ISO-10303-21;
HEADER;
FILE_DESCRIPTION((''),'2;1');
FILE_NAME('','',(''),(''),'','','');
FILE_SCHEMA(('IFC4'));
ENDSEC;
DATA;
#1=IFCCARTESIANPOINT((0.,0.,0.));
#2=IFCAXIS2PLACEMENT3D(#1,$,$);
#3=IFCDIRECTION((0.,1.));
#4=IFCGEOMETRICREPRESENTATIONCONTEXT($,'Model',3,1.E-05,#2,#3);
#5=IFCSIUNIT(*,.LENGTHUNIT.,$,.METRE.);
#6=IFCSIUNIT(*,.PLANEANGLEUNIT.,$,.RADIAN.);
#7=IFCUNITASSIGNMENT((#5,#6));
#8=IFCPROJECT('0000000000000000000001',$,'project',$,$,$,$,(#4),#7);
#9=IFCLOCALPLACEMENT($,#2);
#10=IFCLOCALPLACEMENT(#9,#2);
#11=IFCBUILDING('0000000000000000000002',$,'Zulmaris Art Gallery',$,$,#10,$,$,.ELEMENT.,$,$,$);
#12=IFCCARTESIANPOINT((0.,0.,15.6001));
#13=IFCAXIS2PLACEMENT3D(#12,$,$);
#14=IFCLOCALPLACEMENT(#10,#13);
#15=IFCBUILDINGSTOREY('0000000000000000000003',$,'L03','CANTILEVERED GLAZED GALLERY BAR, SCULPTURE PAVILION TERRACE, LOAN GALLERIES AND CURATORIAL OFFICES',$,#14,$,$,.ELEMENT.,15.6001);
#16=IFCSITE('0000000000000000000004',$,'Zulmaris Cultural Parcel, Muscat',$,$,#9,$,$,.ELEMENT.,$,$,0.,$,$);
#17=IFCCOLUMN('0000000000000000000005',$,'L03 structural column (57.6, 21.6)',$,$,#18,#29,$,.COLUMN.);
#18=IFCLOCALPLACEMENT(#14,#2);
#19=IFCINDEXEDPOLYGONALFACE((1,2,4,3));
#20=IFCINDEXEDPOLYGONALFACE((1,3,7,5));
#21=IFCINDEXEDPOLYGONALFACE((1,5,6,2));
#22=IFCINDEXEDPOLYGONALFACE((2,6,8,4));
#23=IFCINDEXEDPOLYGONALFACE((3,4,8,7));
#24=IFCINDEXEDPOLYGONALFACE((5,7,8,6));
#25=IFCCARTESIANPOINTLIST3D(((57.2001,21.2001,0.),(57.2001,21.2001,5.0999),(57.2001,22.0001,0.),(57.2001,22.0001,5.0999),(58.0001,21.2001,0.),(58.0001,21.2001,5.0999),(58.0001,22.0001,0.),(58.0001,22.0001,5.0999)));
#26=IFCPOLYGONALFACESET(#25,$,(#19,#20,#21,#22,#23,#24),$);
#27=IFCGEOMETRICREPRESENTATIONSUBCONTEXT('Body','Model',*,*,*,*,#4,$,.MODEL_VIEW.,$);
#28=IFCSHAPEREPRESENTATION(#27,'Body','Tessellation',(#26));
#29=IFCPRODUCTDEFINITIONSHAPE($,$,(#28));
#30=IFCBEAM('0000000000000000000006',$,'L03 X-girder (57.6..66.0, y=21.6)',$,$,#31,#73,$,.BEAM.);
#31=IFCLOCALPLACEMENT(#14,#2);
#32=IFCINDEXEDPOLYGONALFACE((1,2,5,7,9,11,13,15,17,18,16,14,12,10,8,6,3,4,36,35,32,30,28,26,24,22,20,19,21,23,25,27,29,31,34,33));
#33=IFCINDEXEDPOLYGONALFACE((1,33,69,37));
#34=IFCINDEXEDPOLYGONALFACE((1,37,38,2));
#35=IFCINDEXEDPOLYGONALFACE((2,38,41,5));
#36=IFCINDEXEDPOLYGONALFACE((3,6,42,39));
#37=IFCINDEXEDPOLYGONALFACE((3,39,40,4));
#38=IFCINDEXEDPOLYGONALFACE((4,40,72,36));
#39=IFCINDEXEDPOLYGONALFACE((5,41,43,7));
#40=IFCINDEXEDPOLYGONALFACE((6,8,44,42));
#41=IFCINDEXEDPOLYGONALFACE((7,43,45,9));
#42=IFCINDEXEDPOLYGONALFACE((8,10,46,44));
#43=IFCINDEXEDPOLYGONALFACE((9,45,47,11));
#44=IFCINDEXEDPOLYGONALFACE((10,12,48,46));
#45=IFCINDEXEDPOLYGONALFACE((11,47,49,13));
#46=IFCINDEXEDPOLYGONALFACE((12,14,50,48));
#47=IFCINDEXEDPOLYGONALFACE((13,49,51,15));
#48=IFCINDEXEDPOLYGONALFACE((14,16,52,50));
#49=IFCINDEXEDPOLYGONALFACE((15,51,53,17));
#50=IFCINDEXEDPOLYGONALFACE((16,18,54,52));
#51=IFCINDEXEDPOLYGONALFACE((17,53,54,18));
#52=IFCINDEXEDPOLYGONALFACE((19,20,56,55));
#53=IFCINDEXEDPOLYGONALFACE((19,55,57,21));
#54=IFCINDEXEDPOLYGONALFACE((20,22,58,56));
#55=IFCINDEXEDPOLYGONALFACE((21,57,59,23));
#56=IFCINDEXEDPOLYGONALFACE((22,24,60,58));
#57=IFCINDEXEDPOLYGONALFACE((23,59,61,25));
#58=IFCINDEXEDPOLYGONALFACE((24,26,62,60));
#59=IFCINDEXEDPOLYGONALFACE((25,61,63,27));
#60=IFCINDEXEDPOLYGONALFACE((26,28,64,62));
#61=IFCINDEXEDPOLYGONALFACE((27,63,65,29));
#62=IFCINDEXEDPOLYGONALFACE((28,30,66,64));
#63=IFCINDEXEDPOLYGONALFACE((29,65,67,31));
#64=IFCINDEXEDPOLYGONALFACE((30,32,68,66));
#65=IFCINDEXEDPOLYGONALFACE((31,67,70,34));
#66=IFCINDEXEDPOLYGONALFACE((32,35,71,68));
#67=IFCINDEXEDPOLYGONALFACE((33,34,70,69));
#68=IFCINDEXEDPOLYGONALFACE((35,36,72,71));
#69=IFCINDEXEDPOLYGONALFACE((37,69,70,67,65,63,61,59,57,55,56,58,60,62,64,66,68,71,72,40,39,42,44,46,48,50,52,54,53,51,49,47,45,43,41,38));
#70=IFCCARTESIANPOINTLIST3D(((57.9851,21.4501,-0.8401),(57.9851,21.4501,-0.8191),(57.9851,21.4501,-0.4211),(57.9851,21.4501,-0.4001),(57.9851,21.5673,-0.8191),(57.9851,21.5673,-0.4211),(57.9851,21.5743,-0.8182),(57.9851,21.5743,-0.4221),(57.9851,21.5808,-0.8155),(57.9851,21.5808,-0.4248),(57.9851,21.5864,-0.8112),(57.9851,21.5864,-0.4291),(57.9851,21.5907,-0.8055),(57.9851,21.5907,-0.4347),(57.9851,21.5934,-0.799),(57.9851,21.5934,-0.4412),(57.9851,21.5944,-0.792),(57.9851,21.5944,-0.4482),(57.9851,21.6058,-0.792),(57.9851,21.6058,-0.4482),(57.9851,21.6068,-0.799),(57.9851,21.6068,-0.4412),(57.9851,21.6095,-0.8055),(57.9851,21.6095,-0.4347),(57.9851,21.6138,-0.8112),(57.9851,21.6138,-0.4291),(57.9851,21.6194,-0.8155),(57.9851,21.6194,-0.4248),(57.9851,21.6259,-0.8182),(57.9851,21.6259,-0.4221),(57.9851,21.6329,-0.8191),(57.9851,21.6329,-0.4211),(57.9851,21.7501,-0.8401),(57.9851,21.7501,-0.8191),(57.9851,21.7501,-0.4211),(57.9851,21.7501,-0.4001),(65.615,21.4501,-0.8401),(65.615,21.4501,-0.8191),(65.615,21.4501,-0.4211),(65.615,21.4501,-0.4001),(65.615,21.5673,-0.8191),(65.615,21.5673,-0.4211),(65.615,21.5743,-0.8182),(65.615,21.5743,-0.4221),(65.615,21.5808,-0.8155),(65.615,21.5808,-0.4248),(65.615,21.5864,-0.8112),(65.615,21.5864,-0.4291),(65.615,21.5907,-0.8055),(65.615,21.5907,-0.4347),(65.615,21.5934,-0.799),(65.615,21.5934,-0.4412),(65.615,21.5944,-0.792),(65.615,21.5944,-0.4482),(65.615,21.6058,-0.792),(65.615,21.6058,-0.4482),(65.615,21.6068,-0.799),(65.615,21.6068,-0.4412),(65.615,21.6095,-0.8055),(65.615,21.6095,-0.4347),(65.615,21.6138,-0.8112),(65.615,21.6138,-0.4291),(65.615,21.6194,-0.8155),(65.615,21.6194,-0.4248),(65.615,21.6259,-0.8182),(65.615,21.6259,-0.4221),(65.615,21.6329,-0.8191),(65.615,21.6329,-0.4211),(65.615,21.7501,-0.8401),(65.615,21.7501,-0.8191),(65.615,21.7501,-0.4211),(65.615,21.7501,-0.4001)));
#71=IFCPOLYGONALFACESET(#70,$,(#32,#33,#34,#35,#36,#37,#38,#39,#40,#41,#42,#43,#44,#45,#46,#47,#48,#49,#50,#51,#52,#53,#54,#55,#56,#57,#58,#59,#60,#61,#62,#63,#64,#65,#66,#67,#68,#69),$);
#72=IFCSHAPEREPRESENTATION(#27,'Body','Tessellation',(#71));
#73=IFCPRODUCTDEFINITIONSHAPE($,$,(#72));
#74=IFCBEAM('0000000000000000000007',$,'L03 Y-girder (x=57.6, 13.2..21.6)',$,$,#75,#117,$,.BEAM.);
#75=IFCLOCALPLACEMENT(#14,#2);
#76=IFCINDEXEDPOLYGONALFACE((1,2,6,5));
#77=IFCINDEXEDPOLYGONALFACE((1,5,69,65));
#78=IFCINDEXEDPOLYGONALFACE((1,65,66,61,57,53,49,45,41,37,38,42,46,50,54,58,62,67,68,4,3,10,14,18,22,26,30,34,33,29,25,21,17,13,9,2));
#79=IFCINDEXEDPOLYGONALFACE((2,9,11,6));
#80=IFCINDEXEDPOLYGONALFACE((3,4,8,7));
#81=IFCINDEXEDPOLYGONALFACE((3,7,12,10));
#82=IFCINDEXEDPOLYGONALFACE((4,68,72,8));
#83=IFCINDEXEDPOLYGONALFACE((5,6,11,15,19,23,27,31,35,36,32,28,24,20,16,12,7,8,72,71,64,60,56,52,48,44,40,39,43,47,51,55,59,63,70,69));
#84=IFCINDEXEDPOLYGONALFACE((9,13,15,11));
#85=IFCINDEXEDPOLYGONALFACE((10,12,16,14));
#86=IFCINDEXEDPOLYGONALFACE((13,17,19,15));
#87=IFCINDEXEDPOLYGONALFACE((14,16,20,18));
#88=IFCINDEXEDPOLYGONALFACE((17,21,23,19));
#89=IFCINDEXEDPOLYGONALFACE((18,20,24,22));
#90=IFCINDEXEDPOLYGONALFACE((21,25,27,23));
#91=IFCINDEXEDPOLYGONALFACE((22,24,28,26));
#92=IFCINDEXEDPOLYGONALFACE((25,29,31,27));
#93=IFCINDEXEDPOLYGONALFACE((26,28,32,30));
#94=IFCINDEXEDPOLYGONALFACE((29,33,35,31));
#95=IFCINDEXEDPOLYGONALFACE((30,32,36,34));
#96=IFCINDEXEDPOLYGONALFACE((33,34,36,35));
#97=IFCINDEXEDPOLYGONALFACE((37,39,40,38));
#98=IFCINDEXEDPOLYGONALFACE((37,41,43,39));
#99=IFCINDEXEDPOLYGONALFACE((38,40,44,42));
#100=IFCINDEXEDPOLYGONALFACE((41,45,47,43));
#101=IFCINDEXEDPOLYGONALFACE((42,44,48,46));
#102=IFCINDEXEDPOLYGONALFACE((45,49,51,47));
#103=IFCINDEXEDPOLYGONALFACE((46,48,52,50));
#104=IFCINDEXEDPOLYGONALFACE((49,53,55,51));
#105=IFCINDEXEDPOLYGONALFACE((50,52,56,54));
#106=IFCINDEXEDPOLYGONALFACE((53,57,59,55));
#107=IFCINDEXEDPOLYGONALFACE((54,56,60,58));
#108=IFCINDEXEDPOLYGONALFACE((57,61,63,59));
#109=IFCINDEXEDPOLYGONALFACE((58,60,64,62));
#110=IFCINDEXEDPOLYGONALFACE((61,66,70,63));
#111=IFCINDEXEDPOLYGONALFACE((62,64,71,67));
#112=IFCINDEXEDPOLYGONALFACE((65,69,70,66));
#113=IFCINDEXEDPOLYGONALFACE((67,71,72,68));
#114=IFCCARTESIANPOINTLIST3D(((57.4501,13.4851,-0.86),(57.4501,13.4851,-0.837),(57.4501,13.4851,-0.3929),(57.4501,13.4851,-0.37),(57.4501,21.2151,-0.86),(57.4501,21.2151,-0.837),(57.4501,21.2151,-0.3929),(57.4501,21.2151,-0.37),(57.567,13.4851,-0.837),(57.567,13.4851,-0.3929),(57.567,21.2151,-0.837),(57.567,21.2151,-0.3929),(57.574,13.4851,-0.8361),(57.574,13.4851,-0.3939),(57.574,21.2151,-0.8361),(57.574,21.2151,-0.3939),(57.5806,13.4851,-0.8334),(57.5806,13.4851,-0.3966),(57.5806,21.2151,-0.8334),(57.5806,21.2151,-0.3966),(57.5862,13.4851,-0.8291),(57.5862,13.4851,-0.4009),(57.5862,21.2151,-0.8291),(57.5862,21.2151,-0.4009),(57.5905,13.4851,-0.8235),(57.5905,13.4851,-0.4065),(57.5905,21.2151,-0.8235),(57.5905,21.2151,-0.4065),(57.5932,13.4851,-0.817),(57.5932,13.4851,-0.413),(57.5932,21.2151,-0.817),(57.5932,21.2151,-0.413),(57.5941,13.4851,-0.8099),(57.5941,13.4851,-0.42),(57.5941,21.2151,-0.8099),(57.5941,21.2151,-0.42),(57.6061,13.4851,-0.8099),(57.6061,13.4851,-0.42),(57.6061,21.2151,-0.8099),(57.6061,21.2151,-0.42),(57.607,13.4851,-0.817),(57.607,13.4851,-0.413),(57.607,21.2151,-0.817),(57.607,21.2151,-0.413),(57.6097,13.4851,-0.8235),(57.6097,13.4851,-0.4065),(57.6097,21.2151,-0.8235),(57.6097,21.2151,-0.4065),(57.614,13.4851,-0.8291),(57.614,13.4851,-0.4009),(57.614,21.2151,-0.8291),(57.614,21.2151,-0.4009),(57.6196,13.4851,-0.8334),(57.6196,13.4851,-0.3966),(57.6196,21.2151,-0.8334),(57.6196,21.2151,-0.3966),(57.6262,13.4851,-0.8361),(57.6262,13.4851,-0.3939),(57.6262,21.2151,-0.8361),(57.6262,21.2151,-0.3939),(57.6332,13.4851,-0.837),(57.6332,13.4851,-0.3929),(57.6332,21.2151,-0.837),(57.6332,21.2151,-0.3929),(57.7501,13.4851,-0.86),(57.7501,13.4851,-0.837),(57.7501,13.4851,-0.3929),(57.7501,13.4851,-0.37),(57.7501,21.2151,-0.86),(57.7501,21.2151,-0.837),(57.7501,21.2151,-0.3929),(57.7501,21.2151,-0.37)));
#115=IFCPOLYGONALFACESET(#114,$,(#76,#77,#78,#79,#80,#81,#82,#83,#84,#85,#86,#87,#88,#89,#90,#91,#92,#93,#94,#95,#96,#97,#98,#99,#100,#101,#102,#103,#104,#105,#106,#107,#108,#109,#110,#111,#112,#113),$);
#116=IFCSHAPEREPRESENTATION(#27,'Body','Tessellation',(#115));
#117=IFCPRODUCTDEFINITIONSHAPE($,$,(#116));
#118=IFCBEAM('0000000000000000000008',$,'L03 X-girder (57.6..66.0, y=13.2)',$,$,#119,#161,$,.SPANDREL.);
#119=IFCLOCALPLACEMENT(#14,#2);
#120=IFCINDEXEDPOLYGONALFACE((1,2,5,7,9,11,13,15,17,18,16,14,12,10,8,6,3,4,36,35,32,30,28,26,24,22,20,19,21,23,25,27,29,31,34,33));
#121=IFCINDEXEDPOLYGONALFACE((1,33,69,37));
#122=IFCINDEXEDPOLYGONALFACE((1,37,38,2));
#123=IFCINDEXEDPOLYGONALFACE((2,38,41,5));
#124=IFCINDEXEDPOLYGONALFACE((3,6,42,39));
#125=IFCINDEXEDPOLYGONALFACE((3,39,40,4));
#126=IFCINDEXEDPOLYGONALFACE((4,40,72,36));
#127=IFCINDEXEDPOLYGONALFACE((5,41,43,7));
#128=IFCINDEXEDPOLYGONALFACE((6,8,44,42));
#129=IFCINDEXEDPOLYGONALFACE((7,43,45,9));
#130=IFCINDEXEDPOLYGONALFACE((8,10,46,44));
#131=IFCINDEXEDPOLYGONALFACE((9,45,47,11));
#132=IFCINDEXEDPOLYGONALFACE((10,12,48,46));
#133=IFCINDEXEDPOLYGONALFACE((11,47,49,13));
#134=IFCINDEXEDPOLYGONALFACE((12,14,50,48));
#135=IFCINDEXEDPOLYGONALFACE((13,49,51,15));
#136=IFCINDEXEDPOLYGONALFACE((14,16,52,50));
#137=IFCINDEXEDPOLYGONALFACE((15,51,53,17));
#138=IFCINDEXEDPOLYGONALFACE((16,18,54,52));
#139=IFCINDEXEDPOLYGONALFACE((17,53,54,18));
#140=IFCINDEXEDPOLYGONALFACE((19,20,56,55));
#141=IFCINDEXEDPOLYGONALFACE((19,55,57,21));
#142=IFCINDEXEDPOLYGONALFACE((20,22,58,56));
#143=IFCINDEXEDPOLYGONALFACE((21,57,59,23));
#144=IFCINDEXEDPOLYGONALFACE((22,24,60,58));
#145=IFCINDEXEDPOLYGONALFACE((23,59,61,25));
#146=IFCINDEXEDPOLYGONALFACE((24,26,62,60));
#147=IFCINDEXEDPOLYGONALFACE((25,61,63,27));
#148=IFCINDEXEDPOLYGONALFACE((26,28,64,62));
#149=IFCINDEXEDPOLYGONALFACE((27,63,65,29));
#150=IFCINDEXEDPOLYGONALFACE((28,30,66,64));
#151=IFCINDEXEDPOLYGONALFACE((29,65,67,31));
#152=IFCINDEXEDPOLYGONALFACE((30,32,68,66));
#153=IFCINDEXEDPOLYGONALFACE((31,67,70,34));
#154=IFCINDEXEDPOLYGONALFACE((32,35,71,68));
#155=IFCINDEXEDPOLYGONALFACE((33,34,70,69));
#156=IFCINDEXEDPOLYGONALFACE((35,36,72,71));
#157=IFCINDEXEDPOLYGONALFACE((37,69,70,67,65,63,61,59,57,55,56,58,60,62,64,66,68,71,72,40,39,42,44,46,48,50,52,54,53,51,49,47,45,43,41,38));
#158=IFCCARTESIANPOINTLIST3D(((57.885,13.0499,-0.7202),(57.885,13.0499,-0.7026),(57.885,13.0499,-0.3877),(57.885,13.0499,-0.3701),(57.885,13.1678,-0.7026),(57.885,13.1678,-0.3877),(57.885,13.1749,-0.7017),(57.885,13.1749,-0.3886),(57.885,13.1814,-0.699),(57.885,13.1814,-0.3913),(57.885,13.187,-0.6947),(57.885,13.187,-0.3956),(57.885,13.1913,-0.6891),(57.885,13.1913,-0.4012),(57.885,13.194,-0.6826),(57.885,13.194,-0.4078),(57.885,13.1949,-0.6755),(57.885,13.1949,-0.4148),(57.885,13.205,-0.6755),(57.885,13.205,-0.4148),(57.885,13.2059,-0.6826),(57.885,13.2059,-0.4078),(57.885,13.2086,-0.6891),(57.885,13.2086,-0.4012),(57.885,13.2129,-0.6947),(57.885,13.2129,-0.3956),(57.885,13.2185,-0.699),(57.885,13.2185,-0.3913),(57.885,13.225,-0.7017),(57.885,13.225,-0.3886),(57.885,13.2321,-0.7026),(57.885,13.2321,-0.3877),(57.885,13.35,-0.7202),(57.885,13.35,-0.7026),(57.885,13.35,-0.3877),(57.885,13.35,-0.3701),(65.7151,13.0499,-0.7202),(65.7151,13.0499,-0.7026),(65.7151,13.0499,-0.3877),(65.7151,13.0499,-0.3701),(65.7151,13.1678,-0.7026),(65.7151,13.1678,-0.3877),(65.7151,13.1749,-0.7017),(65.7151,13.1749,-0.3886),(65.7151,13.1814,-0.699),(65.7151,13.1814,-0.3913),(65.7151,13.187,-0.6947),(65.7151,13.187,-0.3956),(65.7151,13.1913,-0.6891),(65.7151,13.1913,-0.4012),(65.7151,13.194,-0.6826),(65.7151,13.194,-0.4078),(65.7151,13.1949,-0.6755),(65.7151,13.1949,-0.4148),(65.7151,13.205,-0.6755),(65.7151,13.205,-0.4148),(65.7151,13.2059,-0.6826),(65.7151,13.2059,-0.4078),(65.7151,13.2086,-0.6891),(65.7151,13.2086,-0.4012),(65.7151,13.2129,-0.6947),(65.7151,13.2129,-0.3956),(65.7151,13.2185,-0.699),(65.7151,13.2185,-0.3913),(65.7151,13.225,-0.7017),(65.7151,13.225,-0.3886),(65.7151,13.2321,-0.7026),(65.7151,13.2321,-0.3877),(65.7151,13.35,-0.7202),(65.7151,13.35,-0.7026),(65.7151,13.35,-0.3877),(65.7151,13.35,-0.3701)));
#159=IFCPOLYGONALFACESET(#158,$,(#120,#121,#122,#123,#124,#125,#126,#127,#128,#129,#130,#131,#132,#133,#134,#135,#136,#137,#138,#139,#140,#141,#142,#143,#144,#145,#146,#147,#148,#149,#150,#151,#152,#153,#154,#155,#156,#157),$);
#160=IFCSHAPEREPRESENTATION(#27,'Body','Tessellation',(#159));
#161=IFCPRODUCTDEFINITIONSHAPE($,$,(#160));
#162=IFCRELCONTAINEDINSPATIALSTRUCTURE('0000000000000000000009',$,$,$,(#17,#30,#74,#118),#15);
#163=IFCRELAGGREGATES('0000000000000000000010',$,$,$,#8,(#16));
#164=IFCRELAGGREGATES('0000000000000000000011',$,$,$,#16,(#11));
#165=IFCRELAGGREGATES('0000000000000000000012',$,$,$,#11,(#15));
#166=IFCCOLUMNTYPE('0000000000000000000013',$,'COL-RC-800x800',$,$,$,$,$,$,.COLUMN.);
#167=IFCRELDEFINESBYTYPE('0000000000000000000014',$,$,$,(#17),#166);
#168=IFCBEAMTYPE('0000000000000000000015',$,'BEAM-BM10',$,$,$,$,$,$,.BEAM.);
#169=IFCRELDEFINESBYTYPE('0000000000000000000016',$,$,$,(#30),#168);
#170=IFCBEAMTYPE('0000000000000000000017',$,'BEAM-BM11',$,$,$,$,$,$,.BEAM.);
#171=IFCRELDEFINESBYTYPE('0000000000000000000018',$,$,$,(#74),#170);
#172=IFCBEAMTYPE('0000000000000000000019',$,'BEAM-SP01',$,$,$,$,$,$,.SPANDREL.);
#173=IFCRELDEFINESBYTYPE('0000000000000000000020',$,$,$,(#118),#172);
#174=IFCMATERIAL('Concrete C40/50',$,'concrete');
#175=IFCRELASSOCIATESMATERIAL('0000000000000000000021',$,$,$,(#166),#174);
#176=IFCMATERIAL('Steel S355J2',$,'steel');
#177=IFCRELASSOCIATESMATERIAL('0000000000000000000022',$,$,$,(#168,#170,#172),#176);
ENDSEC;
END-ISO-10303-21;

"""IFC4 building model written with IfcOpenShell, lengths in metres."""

from ifc_helpers import new_model, si_unit, direction, frame, origin, origin_2d, place, context, subcontext, project, spatial, rectangle, i_section, extrude, material, material_profile, profile_set, type_object, element, save


model = new_model("IFC4")

# Units and contexts
model_context = context("Model", 3, precision=1e-05, world=origin(), true_north=direction((0.0, 1.0)))
body_context = subcontext(model_context, "Body", "Model", "MODEL_VIEW")
ifc_project = project(units=[si_unit("LENGTHUNIT", "METRE"), si_unit("PLANEANGLEUNIT", "RADIAN")], contexts=[model_context])

# Site, building, storey
site_placement = place(None, origin())
site = spatial("IfcSite", under=ifc_project, at=site_placement, Name="Zulmaris Cultural Parcel, Muscat", CompositionType="ELEMENT", RefElevation=0.0)
building_placement = place(site_placement, origin())
building = spatial("IfcBuilding", under=site, at=building_placement, Name="Zulmaris Art Gallery", CompositionType="ELEMENT")
storey_placement = place(building_placement, frame((0.0, 0.0, 15.6001)))
storey = spatial("IfcBuildingStorey", under=building, at=storey_placement, Name="L03", Description="CANTILEVERED GLAZED GALLERY BAR, SCULPTURE PAVILION TERRACE, LOAN GALLERIES AND CURATORIAL OFFICES", CompositionType="ELEMENT", Elevation=15.6001)

# Column
ifc_material_1 = material(Name="Concrete C40/50", Category="concrete")
ifc_material_profile_1 = material_profile(ifc_material_1, rectangle(XDim=0.8, YDim=0.8, at=origin_2d()), Name="RC 800x800")
ifc_profile_set_1 = profile_set([ifc_material_profile_1], Name="Concrete C40/50")
column_type = type_object("IfcColumnType", Name="COL-RC-800x800", PredefinedType="COLUMN", material=ifc_profile_set_1)
column_placement = place(storey_placement, frame((57.6001, 21.6001, 0.0), z_axis=(0.0, 0.0, 1.0), x_axis=(1.0, 0.0, 0.0)))
element("IfcColumn", 1, at=column_placement, inside=storey, type_object=column_type, Name="L03 structural column (57.6, 21.6)", PredefinedType="COLUMN", context=body_context, shape_type="SweptSolid", body=[
    extrude(rectangle(XDim=0.8, YDim=0.8, at=origin_2d()), origin(), (0.0, 0.0, 1.0), 5.0999),
])

# Beams
ifc_material_2 = material(Name="Steel S355J2", Category="steel")
ifc_material_profile_2 = material_profile(ifc_material_2, i_section(OverallWidth=0.3, OverallDepth=0.4399, WebThickness=0.0115, FlangeThickness=0.021, FilletRadius=0.0271, at=origin_2d()), Name="HEA 450")
ifc_profile_set_2 = profile_set([ifc_material_profile_2], Name="Steel S355J2")
beam_type_1 = type_object("IfcBeamType", Name="BEAM-BM10", PredefinedType="BEAM", material=ifc_profile_set_2)
beam_1_placement = place(storey_placement, frame((57.9851, 21.6001, -0.6201), z_axis=(1.0, 0.0, 0.0), x_axis=(0.0, 1.0, 0.0)))
element("IfcBeam", 2, at=beam_1_placement, inside=storey, type_object=beam_type_1, Name="L03 X-girder (57.6..66.0, y=21.6)", PredefinedType="BEAM", context=body_context, shape_type="SweptSolid", body=[
    extrude(i_section(OverallWidth=0.3, OverallDepth=0.4399, WebThickness=0.0115, FlangeThickness=0.021, FilletRadius=0.0271, at=origin_2d()), origin(), (0.0, 0.0, 1.0), 7.6299),
])
ifc_material_profile_3 = material_profile(ifc_material_2, i_section(OverallWidth=0.3, OverallDepth=0.49, WebThickness=0.012, FlangeThickness=0.0229, FilletRadius=0.0271, at=origin_2d()), Name="HEA 500")
ifc_profile_set_3 = profile_set([ifc_material_profile_3], Name="Steel S355J2")
beam_type_2 = type_object("IfcBeamType", Name="BEAM-BM11", PredefinedType="BEAM", material=ifc_profile_set_3)
beam_2_placement = place(storey_placement, frame((57.6001, 13.4851, -0.615), z_axis=(0.0, 1.0, 0.0), x_axis=(-1.0, 0.0, 0.0)))
element("IfcBeam", 3, at=beam_2_placement, inside=storey, type_object=beam_type_2, Name="L03 Y-girder (x=57.6, 13.2..21.6)", PredefinedType="BEAM", context=body_context, shape_type="SweptSolid", body=[
    extrude(i_section(OverallWidth=0.3, OverallDepth=0.49, WebThickness=0.012, FlangeThickness=0.0229, FilletRadius=0.0271, at=origin_2d()), origin(), (0.0, 0.0, 1.0), 7.73),
])
ifc_material_profile_4 = material_profile(ifc_material_2, i_section(OverallWidth=0.3, OverallDepth=0.3501, WebThickness=0.01, FlangeThickness=0.0176, FilletRadius=0.0271, at=origin_2d()), Name="HEA 360")
ifc_profile_set_4 = profile_set([ifc_material_profile_4], Name="Steel S355J2")
beam_type_3 = type_object("IfcBeamType", Name="BEAM-SP01", PredefinedType="SPANDREL", material=ifc_profile_set_4)
beam_3_placement = place(storey_placement, frame((57.885, 13.2, -0.5452), z_axis=(1.0, 0.0, 0.0), x_axis=(0.0, 1.0, 0.0)))
element("IfcBeam", 4, at=beam_3_placement, inside=storey, type_object=beam_type_3, Name="L03 X-girder (57.6..66.0, y=13.2)", PredefinedType="SPANDREL", context=body_context, shape_type="SweptSolid", body=[
    extrude(i_section(OverallWidth=0.3, OverallDepth=0.3501, WebThickness=0.01, FlangeThickness=0.0176, FilletRadius=0.0271, at=origin_2d()), origin(), (0.0, 0.0, 1.0), 7.8301),
])

save(model, "model.ifc")
